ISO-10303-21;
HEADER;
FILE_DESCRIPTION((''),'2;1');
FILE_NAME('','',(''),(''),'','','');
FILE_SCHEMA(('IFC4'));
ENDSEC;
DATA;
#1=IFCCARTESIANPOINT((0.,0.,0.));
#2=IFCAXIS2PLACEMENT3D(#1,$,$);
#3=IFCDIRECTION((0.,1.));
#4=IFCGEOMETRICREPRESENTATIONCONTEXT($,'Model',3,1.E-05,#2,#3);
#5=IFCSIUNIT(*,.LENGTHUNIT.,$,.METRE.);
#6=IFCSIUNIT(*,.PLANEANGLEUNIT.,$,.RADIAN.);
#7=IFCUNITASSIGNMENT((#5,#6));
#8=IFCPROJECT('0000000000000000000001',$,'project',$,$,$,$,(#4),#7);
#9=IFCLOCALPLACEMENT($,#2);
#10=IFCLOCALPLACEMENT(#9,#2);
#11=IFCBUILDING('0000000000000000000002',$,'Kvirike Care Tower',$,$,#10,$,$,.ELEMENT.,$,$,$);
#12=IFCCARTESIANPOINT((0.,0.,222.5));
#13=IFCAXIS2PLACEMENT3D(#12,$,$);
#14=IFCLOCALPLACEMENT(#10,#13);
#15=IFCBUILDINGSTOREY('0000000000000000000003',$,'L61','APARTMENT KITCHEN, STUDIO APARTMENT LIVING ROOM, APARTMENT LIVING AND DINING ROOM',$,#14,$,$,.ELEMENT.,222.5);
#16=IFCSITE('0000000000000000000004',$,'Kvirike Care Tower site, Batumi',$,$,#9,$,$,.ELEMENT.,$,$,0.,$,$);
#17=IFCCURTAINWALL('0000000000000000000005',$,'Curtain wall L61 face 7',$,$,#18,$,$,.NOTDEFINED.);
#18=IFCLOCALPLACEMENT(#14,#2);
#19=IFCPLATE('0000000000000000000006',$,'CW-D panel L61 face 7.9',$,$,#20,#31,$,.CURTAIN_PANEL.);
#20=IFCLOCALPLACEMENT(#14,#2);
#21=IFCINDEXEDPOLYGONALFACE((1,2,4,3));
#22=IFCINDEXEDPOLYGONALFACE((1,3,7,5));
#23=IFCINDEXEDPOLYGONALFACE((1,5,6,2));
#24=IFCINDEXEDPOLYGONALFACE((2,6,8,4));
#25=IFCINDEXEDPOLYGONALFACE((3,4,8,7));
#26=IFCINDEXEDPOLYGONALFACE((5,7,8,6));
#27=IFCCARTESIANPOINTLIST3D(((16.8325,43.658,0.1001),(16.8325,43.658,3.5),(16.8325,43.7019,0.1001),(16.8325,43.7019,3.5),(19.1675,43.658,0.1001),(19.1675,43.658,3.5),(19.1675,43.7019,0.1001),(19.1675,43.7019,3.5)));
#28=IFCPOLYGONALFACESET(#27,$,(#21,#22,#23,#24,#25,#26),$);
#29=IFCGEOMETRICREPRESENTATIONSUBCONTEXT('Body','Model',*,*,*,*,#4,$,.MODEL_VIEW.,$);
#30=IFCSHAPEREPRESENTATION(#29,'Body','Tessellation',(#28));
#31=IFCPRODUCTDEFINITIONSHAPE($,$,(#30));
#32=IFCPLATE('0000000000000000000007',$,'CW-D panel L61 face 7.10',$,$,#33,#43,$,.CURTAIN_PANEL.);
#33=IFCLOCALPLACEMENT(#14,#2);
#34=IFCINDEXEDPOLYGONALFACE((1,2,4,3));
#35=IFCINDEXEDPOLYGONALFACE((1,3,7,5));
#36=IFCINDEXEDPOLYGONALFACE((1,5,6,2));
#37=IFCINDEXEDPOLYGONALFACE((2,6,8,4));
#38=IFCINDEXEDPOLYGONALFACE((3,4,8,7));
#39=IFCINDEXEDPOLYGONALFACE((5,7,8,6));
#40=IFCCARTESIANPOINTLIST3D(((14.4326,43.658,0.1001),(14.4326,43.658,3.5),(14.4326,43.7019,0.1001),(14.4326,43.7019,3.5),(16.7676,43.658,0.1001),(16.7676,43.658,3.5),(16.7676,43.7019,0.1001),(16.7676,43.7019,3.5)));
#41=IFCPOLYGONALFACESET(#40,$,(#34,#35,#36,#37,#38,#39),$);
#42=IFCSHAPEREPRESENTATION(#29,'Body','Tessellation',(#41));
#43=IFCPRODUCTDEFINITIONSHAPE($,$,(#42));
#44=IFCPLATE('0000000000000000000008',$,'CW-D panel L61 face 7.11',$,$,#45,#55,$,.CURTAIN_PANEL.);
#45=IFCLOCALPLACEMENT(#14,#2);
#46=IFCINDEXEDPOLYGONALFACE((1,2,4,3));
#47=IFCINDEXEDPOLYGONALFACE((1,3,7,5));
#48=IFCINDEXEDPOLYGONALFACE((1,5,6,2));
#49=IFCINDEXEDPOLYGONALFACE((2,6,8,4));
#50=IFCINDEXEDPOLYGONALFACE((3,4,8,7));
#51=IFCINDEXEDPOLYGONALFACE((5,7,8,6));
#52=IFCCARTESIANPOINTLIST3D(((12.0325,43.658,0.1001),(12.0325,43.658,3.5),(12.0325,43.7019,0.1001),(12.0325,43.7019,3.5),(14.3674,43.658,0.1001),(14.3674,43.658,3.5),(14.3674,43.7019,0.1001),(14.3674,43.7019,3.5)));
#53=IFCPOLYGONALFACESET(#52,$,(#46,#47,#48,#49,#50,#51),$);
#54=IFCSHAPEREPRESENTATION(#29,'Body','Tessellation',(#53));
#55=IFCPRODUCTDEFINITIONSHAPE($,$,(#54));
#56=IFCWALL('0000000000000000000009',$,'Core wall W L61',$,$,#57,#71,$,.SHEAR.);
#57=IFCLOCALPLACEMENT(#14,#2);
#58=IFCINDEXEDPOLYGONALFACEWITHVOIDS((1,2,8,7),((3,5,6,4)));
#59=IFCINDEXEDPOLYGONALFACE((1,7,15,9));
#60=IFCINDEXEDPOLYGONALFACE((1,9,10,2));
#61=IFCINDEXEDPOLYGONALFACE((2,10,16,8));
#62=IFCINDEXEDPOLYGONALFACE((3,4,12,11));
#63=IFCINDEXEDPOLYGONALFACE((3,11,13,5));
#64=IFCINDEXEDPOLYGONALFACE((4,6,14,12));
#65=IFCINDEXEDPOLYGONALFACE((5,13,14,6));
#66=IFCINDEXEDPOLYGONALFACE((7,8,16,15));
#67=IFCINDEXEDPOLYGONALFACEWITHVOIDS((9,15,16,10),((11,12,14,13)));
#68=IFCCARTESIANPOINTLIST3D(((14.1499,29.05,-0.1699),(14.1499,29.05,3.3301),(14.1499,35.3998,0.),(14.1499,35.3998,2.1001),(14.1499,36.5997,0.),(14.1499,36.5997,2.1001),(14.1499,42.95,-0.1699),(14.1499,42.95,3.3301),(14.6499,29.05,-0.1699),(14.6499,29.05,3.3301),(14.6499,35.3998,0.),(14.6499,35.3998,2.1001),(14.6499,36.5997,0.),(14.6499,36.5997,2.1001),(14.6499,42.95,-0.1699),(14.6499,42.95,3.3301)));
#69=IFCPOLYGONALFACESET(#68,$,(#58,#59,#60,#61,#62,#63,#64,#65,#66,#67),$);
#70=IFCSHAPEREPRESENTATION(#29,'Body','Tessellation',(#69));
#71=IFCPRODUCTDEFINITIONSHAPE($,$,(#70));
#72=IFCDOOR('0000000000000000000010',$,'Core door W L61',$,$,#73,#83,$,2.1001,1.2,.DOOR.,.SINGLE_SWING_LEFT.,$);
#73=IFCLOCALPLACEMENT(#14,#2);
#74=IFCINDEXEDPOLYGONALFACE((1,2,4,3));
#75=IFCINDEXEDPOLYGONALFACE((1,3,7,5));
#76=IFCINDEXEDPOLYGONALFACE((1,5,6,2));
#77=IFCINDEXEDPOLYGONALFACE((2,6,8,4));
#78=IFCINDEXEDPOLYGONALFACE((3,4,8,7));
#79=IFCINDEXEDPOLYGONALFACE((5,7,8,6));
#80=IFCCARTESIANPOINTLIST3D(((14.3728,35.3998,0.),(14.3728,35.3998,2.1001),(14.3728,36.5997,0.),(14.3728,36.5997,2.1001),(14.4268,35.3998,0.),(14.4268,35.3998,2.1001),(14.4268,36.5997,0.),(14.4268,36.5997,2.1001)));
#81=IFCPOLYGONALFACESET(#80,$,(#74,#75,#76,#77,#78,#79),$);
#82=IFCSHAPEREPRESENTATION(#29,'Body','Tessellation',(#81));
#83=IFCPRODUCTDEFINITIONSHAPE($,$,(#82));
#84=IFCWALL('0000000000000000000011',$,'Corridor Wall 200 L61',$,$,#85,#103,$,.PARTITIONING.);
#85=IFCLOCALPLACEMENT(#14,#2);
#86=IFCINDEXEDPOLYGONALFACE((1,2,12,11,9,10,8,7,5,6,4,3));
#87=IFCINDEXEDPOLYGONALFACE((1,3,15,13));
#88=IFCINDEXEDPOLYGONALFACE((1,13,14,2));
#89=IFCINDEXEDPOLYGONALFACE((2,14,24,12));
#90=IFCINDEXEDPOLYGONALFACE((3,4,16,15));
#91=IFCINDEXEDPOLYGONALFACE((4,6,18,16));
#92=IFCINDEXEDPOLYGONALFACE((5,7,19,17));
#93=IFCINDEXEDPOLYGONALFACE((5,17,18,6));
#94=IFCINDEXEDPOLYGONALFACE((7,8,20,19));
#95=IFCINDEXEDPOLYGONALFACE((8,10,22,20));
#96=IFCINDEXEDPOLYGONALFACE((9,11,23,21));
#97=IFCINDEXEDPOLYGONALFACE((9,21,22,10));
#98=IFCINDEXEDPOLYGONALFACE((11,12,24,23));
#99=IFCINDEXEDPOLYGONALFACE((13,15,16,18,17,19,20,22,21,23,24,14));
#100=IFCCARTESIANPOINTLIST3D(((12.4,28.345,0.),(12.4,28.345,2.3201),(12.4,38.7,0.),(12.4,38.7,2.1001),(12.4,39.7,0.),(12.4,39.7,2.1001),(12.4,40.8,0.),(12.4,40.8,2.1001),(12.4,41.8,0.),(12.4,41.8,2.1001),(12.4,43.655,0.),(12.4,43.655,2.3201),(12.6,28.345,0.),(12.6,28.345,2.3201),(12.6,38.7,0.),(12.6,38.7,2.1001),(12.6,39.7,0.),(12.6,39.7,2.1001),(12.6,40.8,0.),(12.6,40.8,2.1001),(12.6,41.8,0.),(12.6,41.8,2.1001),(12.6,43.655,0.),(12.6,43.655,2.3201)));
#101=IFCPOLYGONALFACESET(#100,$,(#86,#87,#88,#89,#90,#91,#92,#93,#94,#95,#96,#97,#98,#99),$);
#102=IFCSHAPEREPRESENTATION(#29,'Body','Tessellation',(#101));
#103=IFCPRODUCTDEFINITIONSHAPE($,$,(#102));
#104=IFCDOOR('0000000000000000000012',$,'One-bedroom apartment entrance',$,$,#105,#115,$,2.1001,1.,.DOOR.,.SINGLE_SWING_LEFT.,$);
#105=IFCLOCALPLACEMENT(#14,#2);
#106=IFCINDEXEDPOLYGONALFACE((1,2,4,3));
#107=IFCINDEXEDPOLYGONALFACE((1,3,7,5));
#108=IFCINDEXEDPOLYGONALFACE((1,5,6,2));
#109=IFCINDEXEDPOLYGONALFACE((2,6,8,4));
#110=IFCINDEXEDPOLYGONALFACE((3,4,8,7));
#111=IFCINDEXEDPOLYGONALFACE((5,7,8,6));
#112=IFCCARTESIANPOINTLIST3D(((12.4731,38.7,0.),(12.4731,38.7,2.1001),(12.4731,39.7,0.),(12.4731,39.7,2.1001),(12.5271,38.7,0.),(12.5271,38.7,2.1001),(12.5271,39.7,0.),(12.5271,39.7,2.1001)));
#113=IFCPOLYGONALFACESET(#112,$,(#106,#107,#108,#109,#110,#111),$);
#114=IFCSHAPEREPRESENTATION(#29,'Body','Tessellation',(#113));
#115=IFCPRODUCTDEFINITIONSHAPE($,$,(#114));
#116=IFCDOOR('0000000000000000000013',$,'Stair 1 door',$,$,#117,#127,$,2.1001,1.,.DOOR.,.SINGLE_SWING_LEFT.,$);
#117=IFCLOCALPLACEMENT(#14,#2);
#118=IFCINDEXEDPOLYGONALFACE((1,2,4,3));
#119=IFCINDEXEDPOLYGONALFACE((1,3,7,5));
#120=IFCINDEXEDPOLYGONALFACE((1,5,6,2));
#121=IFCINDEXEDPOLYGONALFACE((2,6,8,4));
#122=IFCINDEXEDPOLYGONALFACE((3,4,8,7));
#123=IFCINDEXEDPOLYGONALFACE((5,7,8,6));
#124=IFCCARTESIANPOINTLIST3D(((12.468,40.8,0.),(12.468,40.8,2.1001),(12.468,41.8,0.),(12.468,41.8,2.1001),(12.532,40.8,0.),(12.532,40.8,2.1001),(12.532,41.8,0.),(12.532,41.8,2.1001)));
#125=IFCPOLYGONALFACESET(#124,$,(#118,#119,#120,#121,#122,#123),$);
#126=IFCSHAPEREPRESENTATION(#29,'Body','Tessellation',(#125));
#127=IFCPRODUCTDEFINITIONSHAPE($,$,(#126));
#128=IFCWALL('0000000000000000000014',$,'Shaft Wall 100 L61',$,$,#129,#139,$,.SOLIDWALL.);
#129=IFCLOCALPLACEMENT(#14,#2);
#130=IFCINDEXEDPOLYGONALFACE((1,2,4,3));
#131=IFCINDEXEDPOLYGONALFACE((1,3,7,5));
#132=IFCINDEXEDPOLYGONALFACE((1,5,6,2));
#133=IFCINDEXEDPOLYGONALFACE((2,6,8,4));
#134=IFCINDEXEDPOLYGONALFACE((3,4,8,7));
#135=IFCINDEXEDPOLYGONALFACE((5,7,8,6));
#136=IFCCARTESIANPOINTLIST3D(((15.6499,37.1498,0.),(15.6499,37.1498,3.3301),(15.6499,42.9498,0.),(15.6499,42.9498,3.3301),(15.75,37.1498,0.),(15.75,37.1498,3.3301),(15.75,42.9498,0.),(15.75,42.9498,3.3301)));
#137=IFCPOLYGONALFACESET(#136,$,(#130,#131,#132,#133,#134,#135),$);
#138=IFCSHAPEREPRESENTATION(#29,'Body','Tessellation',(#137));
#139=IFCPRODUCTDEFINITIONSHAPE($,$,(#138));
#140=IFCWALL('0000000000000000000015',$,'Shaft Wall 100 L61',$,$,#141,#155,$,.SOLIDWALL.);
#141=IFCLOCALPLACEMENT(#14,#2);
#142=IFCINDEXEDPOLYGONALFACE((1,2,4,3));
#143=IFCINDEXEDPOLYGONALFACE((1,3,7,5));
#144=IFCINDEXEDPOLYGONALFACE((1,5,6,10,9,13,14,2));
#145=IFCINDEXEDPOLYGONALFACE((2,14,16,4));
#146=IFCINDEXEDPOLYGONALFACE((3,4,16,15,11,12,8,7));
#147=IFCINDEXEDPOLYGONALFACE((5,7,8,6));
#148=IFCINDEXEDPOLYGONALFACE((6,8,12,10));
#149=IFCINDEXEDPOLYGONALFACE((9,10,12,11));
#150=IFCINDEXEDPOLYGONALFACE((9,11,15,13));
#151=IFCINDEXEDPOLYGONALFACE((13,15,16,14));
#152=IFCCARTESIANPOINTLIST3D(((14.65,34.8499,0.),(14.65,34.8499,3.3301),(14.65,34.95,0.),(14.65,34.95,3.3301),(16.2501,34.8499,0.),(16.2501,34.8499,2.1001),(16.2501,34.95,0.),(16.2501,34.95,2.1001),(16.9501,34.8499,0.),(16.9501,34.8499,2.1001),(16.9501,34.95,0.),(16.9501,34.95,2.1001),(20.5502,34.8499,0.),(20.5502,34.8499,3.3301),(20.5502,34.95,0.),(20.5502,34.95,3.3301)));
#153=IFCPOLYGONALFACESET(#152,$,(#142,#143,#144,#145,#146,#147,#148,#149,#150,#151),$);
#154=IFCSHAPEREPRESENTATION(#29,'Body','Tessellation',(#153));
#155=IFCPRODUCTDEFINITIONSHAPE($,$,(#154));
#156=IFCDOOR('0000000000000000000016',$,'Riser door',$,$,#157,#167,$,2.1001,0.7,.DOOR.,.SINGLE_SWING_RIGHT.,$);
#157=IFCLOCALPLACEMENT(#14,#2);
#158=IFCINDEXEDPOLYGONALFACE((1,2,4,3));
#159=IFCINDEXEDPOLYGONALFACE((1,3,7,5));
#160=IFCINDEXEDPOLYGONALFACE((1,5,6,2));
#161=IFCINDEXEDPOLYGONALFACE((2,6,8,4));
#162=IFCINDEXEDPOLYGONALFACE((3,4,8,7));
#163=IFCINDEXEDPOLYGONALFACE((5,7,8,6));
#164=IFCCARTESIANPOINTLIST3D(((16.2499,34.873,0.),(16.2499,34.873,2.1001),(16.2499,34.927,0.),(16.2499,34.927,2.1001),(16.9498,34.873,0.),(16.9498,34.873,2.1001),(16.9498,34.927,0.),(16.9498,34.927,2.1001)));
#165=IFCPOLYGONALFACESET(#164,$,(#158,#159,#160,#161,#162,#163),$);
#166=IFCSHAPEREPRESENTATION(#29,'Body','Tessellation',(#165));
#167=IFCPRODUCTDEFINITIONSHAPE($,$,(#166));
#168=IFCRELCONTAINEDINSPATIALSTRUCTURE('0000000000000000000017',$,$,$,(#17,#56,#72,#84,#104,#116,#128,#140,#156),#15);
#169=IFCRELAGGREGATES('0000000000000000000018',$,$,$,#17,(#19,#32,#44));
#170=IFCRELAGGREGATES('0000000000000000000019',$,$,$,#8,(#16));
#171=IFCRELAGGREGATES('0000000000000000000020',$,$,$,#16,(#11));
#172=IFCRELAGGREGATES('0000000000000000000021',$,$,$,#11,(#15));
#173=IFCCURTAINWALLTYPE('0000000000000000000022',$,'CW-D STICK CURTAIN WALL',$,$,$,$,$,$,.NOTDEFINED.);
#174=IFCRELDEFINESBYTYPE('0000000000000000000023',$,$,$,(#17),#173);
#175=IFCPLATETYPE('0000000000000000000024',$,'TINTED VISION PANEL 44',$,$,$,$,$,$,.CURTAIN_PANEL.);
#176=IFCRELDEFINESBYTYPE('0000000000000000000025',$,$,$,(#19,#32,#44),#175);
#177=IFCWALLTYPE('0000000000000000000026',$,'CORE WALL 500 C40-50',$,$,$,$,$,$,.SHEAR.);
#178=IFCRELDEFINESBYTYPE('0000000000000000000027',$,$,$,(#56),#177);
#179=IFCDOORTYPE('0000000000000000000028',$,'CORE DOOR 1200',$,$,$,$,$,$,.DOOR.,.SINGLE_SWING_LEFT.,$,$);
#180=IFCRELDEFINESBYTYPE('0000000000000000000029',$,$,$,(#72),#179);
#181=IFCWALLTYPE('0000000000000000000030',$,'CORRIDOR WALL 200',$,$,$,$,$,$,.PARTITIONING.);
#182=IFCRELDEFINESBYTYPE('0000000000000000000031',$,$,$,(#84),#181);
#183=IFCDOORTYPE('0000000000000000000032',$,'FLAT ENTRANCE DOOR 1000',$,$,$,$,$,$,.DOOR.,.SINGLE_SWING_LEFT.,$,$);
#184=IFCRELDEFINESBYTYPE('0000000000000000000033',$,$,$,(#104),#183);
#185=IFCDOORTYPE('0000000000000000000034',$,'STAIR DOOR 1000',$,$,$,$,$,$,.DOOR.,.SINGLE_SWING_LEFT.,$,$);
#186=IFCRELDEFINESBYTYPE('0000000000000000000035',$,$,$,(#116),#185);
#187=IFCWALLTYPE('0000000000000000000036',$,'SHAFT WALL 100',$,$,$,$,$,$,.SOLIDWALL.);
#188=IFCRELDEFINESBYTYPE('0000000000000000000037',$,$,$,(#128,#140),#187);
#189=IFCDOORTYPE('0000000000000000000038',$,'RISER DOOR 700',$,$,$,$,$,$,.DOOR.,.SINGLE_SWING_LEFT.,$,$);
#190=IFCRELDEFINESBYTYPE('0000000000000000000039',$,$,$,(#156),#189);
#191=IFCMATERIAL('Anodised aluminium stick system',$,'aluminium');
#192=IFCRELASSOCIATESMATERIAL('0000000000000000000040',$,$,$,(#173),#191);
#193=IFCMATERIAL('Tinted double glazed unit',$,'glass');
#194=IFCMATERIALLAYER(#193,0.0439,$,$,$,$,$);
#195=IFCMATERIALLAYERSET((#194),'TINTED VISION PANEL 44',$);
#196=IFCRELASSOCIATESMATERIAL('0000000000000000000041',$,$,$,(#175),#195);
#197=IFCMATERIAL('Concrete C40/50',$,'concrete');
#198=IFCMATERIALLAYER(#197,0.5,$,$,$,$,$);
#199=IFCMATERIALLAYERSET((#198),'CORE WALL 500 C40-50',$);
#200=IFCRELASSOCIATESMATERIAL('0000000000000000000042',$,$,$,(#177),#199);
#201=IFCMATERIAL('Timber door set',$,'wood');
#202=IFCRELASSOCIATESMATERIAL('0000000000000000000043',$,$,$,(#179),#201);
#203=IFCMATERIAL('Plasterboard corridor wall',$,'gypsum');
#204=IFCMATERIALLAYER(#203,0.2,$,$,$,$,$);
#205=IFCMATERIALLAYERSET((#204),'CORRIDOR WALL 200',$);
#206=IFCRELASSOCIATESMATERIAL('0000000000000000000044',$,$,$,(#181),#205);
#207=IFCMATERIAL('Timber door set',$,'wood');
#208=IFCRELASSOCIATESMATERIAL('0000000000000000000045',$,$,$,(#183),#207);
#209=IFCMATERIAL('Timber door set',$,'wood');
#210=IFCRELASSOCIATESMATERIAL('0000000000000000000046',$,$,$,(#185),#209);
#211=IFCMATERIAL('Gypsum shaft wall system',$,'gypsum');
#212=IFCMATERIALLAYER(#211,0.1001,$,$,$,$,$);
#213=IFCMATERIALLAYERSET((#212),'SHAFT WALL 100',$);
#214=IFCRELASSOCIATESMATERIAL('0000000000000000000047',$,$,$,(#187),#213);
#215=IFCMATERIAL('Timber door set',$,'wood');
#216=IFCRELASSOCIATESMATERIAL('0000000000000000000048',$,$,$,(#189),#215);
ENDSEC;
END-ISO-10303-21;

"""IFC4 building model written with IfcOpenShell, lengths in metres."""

from ifc_helpers import new_model, si_unit, direction, frame, frame_2d, origin, origin_2d, place, context, subcontext, project, spatial, rectangle, extrude, material, layer, layer_set, type_object, element, fill, aggregate, save


model = new_model("IFC4")

# Units and contexts
model_context = context("Model", 3, precision=1e-05, world=origin(), true_north=direction((0.0, 1.0)))
body_context = subcontext(model_context, "Body", "Model", "MODEL_VIEW")
ifc_project = project(units=[si_unit("LENGTHUNIT", "METRE"), si_unit("PLANEANGLEUNIT", "RADIAN")], contexts=[model_context])

# Site, building, storey
site_placement = place(None, origin())
site = spatial("IfcSite", under=ifc_project, at=site_placement, Name="Kvirike Care Tower site, Batumi", CompositionType="ELEMENT", RefElevation=0.0)
building_placement = place(site_placement, origin())
building = spatial("IfcBuilding", under=site, at=building_placement, Name="Kvirike Care Tower", CompositionType="ELEMENT")
storey_placement = place(building_placement, frame((0.0, 0.0, 222.5)))
storey = spatial("IfcBuildingStorey", under=building, at=storey_placement, Name="L61", Description="APARTMENT KITCHEN, STUDIO APARTMENT LIVING ROOM, APARTMENT LIVING AND DINING ROOM", CompositionType="ELEMENT", Elevation=222.5)

# Curtain wall
ifc_material_1 = material(Name="Anodised aluminium stick system", Category="aluminium")
curtain_wall_type = type_object("IfcCurtainWallType", Name="CW-D STICK CURTAIN WALL", PredefinedType="NOTDEFINED", material=ifc_material_1)
curtain_wall_placement = place(storey_placement, origin())
curtain_wall = element("IfcCurtainWall", 1, at=curtain_wall_placement, inside=storey, type_object=curtain_wall_type, Name="Curtain wall L61 face 7", PredefinedType="NOTDEFINED")

# Plates
ifc_material_2 = material(Name="Tinted double glazed unit", Category="glass")
ifc_layer_1 = layer(ifc_material_2, 0.0439)
ifc_layer_set_1 = layer_set([ifc_layer_1], Name="TINTED VISION PANEL 44")
plate_type = type_object("IfcPlateType", Name="TINTED VISION PANEL 44", PredefinedType="CURTAIN_PANEL", material=ifc_layer_set_1)
plate_1_placement = place(storey_placement, frame((18.0, 43.6799, 0.1001), z_axis=(0.0, 0.0, 1.0), x_axis=(-1.0, 0.0, 0.0)))
plate_1 = element("IfcPlate", 2, at=plate_1_placement, type_object=plate_type, Name="CW-D panel L61 face 7.9", PredefinedType="CURTAIN_PANEL", context=body_context, shape_type="SweptSolid", body=[
    extrude(rectangle(XDim=2.335, YDim=0.0439, at=origin_2d()), origin(), (0.0, 0.0, 1.0), 3.3999),
])
plate_2_placement = place(storey_placement, frame((15.6001, 43.6799, 0.1001), z_axis=(0.0, 0.0, 1.0), x_axis=(-1.0, 0.0, 0.0)))
plate_2 = element("IfcPlate", 3, at=plate_2_placement, type_object=plate_type, Name="CW-D panel L61 face 7.10", PredefinedType="CURTAIN_PANEL", context=body_context, shape_type="SweptSolid", body=[
    extrude(rectangle(XDim=2.335, YDim=0.0439, at=origin_2d()), origin(), (0.0, 0.0, 1.0), 3.3999),
])
plate_3_placement = place(storey_placement, frame((13.2, 43.6799, 0.1001), z_axis=(0.0, 0.0, 1.0), x_axis=(-1.0, 0.0, 0.0)))
plate_3 = element("IfcPlate", 4, at=plate_3_placement, type_object=plate_type, Name="CW-D panel L61 face 7.11", PredefinedType="CURTAIN_PANEL", context=body_context, shape_type="SweptSolid", body=[
    extrude(rectangle(XDim=2.335, YDim=0.0439, at=origin_2d()), origin(), (0.0, 0.0, 1.0), 3.3999),
])
aggregate(curtain_wall, [plate_1, plate_2, plate_3])

# Wall, opening, door
ifc_material_3 = material(Name="Concrete C40/50", Category="concrete")
ifc_layer_2 = layer(ifc_material_3, 0.5)
ifc_layer_set_2 = layer_set([ifc_layer_2], Name="CORE WALL 500 C40-50")
wall_type_1 = type_object("IfcWallType", Name="CORE WALL 500 C40-50", PredefinedType="SHEAR", material=ifc_layer_set_2)
wall_1_placement = place(storey_placement, frame((14.3999, 42.95, -0.1699), z_axis=(0.0, 0.0, 1.0), x_axis=(0.0, -1.0, 0.0)))
wall_1 = element("IfcWall", 5, at=wall_1_placement, inside=storey, type_object=wall_type_1, Name="Core wall W L61", PredefinedType="SHEAR", context=body_context, shape_type="SweptSolid", body=[
    extrude(rectangle(XDim=13.8999, YDim=0.5, at=frame_2d((6.95, 0.0))), origin(), (0.0, 0.0, 1.0), 3.5),
])
opening_1_placement = place(wall_1_placement, frame((6.3501, 0.0, 0.1699)))
opening_1 = element("IfcOpeningElement", 6, at=opening_1_placement, cuts=wall_1, PredefinedType="OPENING", context=body_context, shape_type="SweptSolid", body=[
    extrude(rectangle(XDim=1.2, YDim=2.1001, at=frame_2d((0.6001, 1.05))), frame((0.0, 0.2605, 0.0), z_axis=(0.0, -1.0, 0.0), x_axis=(1.0, 0.0, 0.0)), (0.0, 0.0, 1.0), 0.521),
])
ifc_material_4 = material(Name="Timber door set", Category="wood")
door_type_1 = type_object("IfcDoorType", Name="CORE DOOR 1200", OperationType="SINGLE_SWING_LEFT", PredefinedType="DOOR", material=ifc_material_4)
door_1_placement = place(opening_1_placement, origin())
door_1 = element("IfcDoor", 7, at=door_1_placement, inside=storey, type_object=door_type_1, Name="Core door W L61", OperationType="SINGLE_SWING_LEFT", OverallHeight=2.1001, OverallWidth=1.2, PredefinedType="DOOR", context=body_context, shape_type="SweptSolid", body=[
    extrude(rectangle(XDim=1.2, YDim=2.1001, at=frame_2d((0.6001, 1.05))), frame((0.0, 0.0269, 0.0), z_axis=(0.0, -1.0, 0.0), x_axis=(1.0, 0.0, 0.0)), (0.0, 0.0, 1.0), 0.054),
])
fill(opening_1, door_1)

# Wall, openings, doors
ifc_material_5 = material(Name="Plasterboard corridor wall", Category="gypsum")
ifc_layer_3 = layer(ifc_material_5, 0.2)
ifc_layer_set_3 = layer_set([ifc_layer_3], Name="CORRIDOR WALL 200")
wall_type_2 = type_object("IfcWallType", Name="CORRIDOR WALL 200", PredefinedType="PARTITIONING", material=ifc_layer_set_3)
wall_2_placement = place(storey_placement, frame((12.5, 43.655, 0.0), z_axis=(0.0, 0.0, 1.0), x_axis=(0.0, -1.0, 0.0)))
wall_2 = element("IfcWall", 8, at=wall_2_placement, inside=storey, type_object=wall_type_2, Name="Corridor Wall 200 L61", PredefinedType="PARTITIONING", context=body_context, shape_type="SweptSolid", body=[
    extrude(rectangle(XDim=15.3101, YDim=0.2, at=frame_2d((7.655, 0.0))), origin(), (0.0, 0.0, 1.0), 2.3201),
])
opening_2_placement = place(wall_2_placement, frame((1.855, 0.0, 0.0)))
opening_2 = element("IfcOpeningElement", 9, at=opening_2_placement, cuts=wall_2, PredefinedType="OPENING", context=body_context, shape_type="SweptSolid", body=[
    extrude(rectangle(XDim=1.0, YDim=2.1001, at=frame_2d((0.5, 1.05))), frame((0.0, 0.1106, 0.0), z_axis=(0.0, -1.0, 0.0), x_axis=(1.0, 0.0, 0.0)), (0.0, 0.0, 1.0), 0.2209),
])
opening_3_placement = place(wall_2_placement, frame((3.9551, 0.0, 0.0)))
opening_3 = element("IfcOpeningElement", 10, at=opening_3_placement, cuts=wall_2, PredefinedType="OPENING", context=body_context, shape_type="SweptSolid", body=[
    extrude(rectangle(XDim=1.0, YDim=2.1001, at=frame_2d((0.5, 1.05))), frame((0.0, 0.1106, 0.0), z_axis=(0.0, -1.0, 0.0), x_axis=(1.0, 0.0, 0.0)), (0.0, 0.0, 1.0), 0.2209),
])
ifc_material_6 = material(Name="Timber door set", Category="wood")
door_type_2 = type_object("IfcDoorType", Name="FLAT ENTRANCE DOOR 1000", OperationType="SINGLE_SWING_LEFT", PredefinedType="DOOR", material=ifc_material_6)
door_2_placement = place(opening_3_placement, frame((1.0, 0.0, 0.0), z_axis=(0.0, 0.0, 1.0), x_axis=(-1.0, 0.0, 0.0)))
door_2 = element("IfcDoor", 11, at=door_2_placement, inside=storey, type_object=door_type_2, Name="One-bedroom apartment entrance", OperationType="SINGLE_SWING_LEFT", OverallHeight=2.1001, OverallWidth=1.0, PredefinedType="DOOR", context=body_context, shape_type="SweptSolid", body=[
    extrude(rectangle(XDim=1.0, YDim=2.1001, at=frame_2d((0.5, 1.05))), frame((0.0, 0.0269, 0.0), z_axis=(0.0, -1.0, 0.0), x_axis=(1.0, 0.0, 0.0)), (0.0, 0.0, 1.0), 0.054),
])
fill(opening_3, door_2)
ifc_material_7 = material(Name="Timber door set", Category="wood")
door_type_3 = type_object("IfcDoorType", Name="STAIR DOOR 1000", OperationType="SINGLE_SWING_LEFT", PredefinedType="DOOR", material=ifc_material_7)
door_3_placement = place(opening_2_placement, frame((1.0, 0.0, 0.0), z_axis=(0.0, 0.0, 1.0), x_axis=(-1.0, 0.0, 0.0)))
door_3 = element("IfcDoor", 12, at=door_3_placement, inside=storey, type_object=door_type_3, Name="Stair 1 door", OperationType="SINGLE_SWING_LEFT", OverallHeight=2.1001, OverallWidth=1.0, PredefinedType="DOOR", context=body_context, shape_type="SweptSolid", body=[
    extrude(rectangle(XDim=1.0, YDim=2.1001, at=frame_2d((0.5, 1.05))), frame((0.0, 0.032, 0.0), z_axis=(0.0, -1.0, 0.0), x_axis=(1.0, 0.0, 0.0)), (0.0, 0.0, 1.0), 0.064),
])
fill(opening_2, door_3)

# Wall
ifc_material_8 = material(Name="Gypsum shaft wall system", Category="gypsum")
ifc_layer_4 = layer(ifc_material_8, 0.1001)
ifc_layer_set_4 = layer_set([ifc_layer_4], Name="SHAFT WALL 100")
wall_type_3 = type_object("IfcWallType", Name="SHAFT WALL 100", PredefinedType="SOLIDWALL", material=ifc_layer_set_4)
wall_3_placement = place(storey_placement, frame((15.7, 37.1499, 0.0), z_axis=(0.0, 0.0, 1.0), x_axis=(0.0, 1.0, 0.0)))
element("IfcWall", 13, at=wall_3_placement, inside=storey, type_object=wall_type_3, Name="Shaft Wall 100 L61", PredefinedType="SOLIDWALL", context=body_context, shape_type="SweptSolid", body=[
    extrude(rectangle(XDim=5.8, YDim=0.1001, at=frame_2d((2.8999, 0.0))), origin(), (0.0, 0.0, 1.0), 3.3301),
])

# Wall, opening, door
wall_4_placement = place(storey_placement, frame((14.6499, 34.8999, 0.0), z_axis=(0.0, 0.0, 1.0), x_axis=(1.0, 0.0, 0.0)))
wall_4 = element("IfcWall", 14, at=wall_4_placement, inside=storey, type_object=wall_type_3, Name="Shaft Wall 100 L61", PredefinedType="SOLIDWALL", context=body_context, shape_type="SweptSolid", body=[
    extrude(rectangle(XDim=5.9001, YDim=0.1001, at=frame_2d((2.9502, 0.0))), origin(), (0.0, 0.0, 1.0), 3.3301),
])
opening_4_placement = place(wall_4_placement, frame((1.6001, 0.0, 0.0)))
opening_4 = element("IfcOpeningElement", 15, at=opening_4_placement, cuts=wall_4, PredefinedType="OPENING", context=body_context, shape_type="SweptSolid", body=[
    extrude(rectangle(XDim=0.7, YDim=2.1001, at=frame_2d((0.3501, 1.05))), frame((0.0, 0.0605, 0.0), z_axis=(0.0, -1.0, 0.0), x_axis=(1.0, 0.0, 0.0)), (0.0, 0.0, 1.0), 0.1211),
])
ifc_material_9 = material(Name="Timber door set", Category="wood")
door_type_4 = type_object("IfcDoorType", Name="RISER DOOR 700", OperationType="SINGLE_SWING_LEFT", PredefinedType="DOOR", material=ifc_material_9)
door_4_placement = place(opening_4_placement, frame((0.7, 0.0, 0.0), z_axis=(0.0, 0.0, 1.0), x_axis=(-1.0, 0.0, 0.0)))
door_4 = element("IfcDoor", 16, at=door_4_placement, inside=storey, type_object=door_type_4, Name="Riser door", OperationType="SINGLE_SWING_RIGHT", OverallHeight=2.1001, OverallWidth=0.7, PredefinedType="DOOR", context=body_context, shape_type="SweptSolid", body=[
    extrude(rectangle(XDim=0.7, YDim=2.1001, at=frame_2d((0.3501, 1.05))), frame((0.0, 0.0269, 0.0), z_axis=(0.0, -1.0, 0.0), x_axis=(1.0, 0.0, 0.0)), (0.0, 0.0, 1.0), 0.054),
])
fill(opening_4, door_4)

save(model, "model.ifc")
